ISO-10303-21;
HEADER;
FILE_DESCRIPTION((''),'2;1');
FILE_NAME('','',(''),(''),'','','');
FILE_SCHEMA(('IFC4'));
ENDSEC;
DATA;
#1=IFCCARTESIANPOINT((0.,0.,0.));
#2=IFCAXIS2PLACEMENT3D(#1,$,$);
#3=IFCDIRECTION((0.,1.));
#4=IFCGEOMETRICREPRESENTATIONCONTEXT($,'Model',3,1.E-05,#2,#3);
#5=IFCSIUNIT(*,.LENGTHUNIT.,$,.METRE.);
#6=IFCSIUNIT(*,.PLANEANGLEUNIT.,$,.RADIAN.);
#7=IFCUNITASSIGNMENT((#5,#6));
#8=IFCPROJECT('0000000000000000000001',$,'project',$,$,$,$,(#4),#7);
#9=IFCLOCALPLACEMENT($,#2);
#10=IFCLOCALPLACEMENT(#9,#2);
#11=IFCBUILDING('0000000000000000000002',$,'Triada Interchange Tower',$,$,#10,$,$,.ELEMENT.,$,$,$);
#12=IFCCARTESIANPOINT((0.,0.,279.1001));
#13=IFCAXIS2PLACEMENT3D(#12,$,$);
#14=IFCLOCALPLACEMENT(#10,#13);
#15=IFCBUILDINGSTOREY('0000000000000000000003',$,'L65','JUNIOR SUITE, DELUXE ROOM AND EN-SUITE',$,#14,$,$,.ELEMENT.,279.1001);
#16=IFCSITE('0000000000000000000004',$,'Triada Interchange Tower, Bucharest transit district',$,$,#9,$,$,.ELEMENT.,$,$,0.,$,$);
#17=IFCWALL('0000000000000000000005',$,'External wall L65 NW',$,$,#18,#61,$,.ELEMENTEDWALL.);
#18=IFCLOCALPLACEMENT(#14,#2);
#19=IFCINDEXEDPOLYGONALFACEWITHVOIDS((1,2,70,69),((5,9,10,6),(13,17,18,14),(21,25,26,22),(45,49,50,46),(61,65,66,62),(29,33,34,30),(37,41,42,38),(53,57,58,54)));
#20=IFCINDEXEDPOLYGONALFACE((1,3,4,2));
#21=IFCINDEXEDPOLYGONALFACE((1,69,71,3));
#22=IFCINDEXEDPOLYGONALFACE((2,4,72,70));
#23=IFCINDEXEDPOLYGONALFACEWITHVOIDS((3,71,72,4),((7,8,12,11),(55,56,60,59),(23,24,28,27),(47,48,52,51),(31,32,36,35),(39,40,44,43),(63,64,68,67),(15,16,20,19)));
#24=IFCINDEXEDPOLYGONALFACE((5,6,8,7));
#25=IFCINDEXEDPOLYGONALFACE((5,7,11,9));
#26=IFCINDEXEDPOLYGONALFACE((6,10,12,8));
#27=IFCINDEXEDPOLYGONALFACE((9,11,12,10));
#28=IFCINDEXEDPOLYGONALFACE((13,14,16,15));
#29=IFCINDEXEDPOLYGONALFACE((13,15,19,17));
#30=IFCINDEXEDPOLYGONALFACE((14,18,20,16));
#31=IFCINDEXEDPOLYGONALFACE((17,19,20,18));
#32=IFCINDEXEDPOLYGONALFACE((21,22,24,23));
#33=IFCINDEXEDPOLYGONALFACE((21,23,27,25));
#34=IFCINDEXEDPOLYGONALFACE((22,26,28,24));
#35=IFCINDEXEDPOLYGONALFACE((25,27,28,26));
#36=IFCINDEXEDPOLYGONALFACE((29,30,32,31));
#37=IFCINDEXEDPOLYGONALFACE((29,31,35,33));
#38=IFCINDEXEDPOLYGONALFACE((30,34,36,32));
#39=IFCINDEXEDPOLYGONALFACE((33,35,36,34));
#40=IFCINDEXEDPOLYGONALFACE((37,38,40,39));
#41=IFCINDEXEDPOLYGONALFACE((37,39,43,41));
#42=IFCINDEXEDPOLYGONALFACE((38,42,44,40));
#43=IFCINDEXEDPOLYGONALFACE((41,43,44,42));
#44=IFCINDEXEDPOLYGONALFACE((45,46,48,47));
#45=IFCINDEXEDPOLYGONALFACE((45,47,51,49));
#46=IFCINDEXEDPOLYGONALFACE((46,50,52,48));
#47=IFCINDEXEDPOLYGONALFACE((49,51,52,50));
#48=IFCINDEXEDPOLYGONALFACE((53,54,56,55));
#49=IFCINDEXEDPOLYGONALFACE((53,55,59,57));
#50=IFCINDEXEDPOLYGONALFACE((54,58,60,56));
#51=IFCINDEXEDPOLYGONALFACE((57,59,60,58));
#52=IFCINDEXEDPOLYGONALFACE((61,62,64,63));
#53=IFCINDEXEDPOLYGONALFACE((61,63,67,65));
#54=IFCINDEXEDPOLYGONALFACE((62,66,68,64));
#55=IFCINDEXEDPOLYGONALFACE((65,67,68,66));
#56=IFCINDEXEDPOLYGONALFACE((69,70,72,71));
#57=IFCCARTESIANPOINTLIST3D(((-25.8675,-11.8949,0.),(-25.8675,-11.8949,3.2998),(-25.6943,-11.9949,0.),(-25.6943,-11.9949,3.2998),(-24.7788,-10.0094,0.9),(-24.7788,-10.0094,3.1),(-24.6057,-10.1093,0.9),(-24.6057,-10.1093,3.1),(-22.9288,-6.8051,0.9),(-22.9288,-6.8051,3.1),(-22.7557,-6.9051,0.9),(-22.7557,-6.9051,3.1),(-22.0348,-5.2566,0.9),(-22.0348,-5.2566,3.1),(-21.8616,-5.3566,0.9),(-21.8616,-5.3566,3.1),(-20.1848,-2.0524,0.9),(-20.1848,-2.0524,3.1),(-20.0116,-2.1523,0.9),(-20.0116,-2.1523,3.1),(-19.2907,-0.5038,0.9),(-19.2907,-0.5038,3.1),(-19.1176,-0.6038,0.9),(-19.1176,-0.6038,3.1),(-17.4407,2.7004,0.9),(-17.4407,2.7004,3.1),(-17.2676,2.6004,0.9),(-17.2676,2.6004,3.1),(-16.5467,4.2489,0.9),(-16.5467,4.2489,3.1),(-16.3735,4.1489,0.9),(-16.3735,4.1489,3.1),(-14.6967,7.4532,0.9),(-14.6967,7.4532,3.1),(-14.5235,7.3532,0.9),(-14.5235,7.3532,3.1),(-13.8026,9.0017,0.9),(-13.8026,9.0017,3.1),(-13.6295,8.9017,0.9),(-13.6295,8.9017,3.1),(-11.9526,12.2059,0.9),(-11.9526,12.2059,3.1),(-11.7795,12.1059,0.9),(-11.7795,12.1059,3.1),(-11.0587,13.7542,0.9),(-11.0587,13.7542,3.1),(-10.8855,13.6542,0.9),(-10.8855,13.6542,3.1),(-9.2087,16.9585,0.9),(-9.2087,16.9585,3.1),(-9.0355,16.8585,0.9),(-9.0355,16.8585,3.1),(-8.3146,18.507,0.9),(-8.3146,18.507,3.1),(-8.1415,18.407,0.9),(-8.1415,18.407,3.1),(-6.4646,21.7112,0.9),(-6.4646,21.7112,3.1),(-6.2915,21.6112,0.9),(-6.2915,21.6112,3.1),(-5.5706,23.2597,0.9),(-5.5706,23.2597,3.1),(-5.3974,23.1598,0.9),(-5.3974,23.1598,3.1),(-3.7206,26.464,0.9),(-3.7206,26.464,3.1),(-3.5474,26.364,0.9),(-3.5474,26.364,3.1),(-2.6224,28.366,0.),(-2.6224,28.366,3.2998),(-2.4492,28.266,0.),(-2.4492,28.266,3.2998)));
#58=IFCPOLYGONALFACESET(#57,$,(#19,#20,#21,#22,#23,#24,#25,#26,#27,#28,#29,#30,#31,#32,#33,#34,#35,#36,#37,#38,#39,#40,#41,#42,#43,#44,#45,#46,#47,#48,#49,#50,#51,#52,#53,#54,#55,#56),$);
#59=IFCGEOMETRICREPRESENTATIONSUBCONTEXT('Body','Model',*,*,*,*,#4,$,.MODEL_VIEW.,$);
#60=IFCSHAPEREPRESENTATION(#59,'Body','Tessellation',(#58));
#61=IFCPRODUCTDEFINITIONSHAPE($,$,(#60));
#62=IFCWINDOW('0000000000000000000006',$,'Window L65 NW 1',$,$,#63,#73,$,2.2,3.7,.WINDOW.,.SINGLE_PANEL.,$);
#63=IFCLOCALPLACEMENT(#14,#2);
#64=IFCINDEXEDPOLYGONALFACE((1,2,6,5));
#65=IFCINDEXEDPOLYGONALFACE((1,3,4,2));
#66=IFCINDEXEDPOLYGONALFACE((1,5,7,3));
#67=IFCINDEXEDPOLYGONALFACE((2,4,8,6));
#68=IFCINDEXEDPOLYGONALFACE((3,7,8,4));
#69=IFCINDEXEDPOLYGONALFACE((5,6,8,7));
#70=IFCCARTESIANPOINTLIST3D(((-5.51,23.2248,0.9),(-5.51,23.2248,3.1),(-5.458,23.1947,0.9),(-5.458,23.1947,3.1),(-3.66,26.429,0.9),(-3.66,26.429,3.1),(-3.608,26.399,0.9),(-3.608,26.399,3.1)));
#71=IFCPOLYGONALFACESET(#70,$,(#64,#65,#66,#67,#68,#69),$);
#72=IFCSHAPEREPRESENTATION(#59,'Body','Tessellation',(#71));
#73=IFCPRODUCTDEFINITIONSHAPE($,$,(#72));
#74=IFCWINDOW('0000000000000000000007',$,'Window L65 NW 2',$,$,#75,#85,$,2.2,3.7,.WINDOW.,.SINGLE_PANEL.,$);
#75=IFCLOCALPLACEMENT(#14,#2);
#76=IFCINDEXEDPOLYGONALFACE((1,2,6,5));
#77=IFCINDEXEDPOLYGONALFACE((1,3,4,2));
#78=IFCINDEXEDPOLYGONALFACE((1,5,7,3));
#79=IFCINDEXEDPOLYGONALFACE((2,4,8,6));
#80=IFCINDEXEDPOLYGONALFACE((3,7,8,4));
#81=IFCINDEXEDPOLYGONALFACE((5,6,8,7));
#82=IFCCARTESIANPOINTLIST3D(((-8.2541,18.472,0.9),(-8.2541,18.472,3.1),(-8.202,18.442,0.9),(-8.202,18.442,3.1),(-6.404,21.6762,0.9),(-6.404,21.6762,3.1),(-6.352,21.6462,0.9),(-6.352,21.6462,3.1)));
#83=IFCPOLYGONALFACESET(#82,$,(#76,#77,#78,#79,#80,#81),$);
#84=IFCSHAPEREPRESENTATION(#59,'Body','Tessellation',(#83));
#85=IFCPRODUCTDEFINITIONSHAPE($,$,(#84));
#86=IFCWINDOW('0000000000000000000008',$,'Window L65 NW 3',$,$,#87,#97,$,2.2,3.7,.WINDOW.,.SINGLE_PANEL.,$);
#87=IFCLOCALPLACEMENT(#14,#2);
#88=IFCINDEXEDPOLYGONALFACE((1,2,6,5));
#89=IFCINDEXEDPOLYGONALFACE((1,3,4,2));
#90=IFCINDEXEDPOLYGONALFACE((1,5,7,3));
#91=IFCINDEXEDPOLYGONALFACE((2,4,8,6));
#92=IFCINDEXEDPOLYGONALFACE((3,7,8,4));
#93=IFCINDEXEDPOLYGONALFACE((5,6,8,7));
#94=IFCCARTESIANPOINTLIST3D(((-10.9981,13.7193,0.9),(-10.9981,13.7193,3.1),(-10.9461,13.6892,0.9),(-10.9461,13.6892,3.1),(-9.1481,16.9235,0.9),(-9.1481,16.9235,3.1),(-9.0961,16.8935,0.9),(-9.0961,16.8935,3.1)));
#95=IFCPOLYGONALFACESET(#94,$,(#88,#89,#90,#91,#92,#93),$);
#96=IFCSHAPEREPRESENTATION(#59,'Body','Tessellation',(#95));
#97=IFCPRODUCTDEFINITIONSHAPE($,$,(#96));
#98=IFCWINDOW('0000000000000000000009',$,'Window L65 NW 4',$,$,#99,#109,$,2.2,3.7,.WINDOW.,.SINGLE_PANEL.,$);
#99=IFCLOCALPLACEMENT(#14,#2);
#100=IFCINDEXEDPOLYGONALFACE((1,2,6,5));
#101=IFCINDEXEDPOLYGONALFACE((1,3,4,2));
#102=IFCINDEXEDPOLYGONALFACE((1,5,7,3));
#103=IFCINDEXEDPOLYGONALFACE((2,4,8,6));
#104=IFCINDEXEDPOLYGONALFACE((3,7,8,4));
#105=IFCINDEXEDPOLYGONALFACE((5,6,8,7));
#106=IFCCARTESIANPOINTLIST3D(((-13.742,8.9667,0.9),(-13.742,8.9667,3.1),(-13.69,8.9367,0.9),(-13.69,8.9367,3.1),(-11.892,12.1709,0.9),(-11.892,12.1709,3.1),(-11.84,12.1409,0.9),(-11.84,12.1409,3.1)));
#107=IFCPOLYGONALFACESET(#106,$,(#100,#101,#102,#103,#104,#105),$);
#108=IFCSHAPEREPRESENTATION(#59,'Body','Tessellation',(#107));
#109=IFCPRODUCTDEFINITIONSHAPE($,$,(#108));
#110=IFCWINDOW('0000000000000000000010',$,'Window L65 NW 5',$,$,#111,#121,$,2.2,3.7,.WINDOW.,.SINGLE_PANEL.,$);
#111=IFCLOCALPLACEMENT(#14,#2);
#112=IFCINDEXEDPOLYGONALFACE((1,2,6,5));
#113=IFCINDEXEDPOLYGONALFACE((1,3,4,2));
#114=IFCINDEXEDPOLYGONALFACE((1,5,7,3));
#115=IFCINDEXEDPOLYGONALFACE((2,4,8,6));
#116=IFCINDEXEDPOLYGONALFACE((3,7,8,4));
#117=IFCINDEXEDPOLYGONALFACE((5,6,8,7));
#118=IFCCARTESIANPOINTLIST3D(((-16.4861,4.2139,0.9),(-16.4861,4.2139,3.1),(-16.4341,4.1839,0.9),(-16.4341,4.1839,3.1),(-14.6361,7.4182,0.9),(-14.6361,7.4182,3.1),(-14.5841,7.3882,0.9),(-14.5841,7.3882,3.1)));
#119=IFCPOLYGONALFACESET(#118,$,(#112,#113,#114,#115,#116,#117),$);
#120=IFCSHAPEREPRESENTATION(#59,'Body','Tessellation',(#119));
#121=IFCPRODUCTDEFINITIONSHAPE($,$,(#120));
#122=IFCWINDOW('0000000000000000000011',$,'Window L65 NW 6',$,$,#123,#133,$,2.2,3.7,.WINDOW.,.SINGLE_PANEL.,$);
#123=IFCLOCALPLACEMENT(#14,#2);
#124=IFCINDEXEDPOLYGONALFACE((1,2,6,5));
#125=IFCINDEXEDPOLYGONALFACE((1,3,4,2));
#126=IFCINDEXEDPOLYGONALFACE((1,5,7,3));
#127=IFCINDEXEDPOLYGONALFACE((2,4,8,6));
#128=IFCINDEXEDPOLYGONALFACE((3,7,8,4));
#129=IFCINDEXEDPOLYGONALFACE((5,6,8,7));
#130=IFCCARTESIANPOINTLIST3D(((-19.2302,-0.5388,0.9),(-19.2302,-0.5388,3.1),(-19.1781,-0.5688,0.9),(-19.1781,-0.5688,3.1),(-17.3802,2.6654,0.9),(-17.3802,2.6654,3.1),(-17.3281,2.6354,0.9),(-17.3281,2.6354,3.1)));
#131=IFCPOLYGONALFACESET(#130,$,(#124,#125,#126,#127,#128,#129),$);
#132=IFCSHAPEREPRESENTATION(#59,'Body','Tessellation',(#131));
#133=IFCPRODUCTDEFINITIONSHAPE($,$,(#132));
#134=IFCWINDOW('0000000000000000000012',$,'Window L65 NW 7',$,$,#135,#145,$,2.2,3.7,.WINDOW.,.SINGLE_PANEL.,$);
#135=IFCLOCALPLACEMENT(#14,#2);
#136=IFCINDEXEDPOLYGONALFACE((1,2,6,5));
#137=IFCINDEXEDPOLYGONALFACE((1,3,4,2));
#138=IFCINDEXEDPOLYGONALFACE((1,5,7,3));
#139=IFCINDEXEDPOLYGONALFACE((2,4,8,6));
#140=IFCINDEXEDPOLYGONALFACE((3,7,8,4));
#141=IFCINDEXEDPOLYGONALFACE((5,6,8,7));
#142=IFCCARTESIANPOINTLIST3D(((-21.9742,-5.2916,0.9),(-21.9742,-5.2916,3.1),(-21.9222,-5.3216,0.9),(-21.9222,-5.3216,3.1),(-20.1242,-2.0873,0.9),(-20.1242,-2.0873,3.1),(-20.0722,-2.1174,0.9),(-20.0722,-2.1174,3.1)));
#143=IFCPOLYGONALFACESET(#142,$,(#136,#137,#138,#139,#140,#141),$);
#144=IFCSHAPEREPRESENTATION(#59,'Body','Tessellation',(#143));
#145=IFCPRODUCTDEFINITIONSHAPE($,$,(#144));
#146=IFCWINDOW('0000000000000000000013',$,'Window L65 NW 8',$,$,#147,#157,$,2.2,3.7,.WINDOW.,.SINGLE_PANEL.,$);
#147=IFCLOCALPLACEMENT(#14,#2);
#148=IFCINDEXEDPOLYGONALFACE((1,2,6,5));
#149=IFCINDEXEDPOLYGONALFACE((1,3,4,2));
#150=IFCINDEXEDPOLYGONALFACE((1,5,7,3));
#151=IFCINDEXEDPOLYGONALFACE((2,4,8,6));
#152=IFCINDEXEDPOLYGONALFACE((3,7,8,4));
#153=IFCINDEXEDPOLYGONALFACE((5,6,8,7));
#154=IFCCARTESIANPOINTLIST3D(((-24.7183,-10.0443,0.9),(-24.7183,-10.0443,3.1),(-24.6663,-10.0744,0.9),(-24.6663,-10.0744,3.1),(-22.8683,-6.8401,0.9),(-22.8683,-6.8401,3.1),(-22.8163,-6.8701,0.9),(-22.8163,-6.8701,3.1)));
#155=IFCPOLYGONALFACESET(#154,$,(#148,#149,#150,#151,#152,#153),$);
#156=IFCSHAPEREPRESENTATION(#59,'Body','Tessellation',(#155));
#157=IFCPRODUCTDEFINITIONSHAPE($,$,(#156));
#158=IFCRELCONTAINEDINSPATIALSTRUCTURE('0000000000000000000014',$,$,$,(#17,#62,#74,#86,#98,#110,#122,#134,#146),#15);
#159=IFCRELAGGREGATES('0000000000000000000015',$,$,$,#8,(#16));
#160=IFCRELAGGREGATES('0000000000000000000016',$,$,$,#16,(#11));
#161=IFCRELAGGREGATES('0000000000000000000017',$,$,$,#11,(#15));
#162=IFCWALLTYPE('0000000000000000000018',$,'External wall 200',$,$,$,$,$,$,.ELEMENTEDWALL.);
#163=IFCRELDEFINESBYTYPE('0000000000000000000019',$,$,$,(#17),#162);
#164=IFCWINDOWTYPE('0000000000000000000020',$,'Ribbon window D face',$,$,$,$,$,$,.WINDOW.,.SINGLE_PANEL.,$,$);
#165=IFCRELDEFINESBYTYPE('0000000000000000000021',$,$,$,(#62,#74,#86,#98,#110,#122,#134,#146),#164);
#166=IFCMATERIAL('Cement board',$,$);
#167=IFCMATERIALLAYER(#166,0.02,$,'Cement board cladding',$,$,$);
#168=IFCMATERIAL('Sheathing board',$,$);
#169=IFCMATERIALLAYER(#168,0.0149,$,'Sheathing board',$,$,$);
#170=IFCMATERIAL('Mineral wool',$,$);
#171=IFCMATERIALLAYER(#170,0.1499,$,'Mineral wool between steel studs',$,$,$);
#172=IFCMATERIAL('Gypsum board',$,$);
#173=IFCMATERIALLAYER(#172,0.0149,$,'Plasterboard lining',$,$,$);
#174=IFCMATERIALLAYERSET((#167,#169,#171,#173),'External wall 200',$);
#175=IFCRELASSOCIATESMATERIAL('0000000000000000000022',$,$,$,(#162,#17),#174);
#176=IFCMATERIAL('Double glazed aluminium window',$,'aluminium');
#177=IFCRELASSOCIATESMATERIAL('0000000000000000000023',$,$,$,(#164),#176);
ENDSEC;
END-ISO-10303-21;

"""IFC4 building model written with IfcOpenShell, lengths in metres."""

from ifc_helpers import new_model, si_unit, direction, frame, frame_2d, origin, place, context, subcontext, project, spatial, rectangle, extrude, material, layer, layer_set, layer_usage, type_object, element, fill, save


model = new_model("IFC4")

# Units and contexts
model_context = context("Model", 3, precision=1e-05, world=origin(), true_north=direction((0.0, 1.0)))
body_context = subcontext(model_context, "Body", "Model", "MODEL_VIEW")
ifc_project = project(units=[si_unit("LENGTHUNIT", "METRE"), si_unit("PLANEANGLEUNIT", "RADIAN")], contexts=[model_context])

# Site, building, storey
site_placement = place(None, origin())
site = spatial("IfcSite", under=ifc_project, at=site_placement, Name="Triada Interchange Tower, Bucharest transit district", CompositionType="ELEMENT", RefElevation=0.0)
building_placement = place(site_placement, origin())
building = spatial("IfcBuilding", under=site, at=building_placement, Name="Triada Interchange Tower", CompositionType="ELEMENT")
storey_placement = place(building_placement, frame((0.0, 0.0, 279.1001)))
storey = spatial("IfcBuildingStorey", under=building, at=storey_placement, Name="L65", Description="JUNIOR SUITE, DELUXE ROOM AND EN-SUITE", CompositionType="ELEMENT", Elevation=279.1001)

# Wall, openings, windows
ifc_material_1 = material(Name="Cement board")
ifc_layer_1 = layer(ifc_material_1, 0.02, Name="Cement board cladding")
ifc_material_2 = material(Name="Sheathing board")
ifc_layer_2 = layer(ifc_material_2, 0.0149, Name="Sheathing board")
ifc_material_3 = material(Name="Mineral wool")
ifc_layer_3 = layer(ifc_material_3, 0.1499, Name="Mineral wool between steel studs")
ifc_material_4 = material(Name="Gypsum board")
ifc_layer_4 = layer(ifc_material_4, 0.0149, Name="Plasterboard lining")
ifc_layer_set_1 = layer_set([ifc_layer_1, ifc_layer_2, ifc_layer_3, ifc_layer_4], Name="External wall 200")
ifc_layer_usage = layer_usage(ifc_layer_set_1, "AXIS2", "POSITIVE", -0.1001)
wall_type = type_object("IfcWallType", Name="External wall 200", PredefinedType="ELEMENTEDWALL", material=ifc_layer_set_1)
wall_placement = place(storey_placement, frame((-2.5359, 28.3159, 0.0), z_axis=(0.0, 0.0, 1.0), x_axis=(-0.500007, -0.866021, 0.0)))
wall = element("IfcWall", 1, at=wall_placement, inside=storey, type_object=wall_type, material=ifc_layer_usage, Name="External wall L65 NW", PredefinedType="ELEMENTEDWALL", context=body_context, shape_type="SweptSolid", body=[
    extrude(rectangle(XDim=46.4895, YDim=0.2, at=frame_2d((23.2446, 0.0))), origin(), (0.0, 0.0, 1.0), 3.2998),
])
opening_1_placement = place(wall_placement, frame((2.196, 0.0, 0.8999)))
opening_1 = element("IfcOpeningElement", 2, at=opening_1_placement, cuts=wall, PredefinedType="OPENING", context=body_context, shape_type="SweptSolid", body=[
    extrude(rectangle(XDim=3.7, YDim=2.2, at=frame_2d((1.8501, 1.1001))), frame((0.0, 0.1099, 0.0), z_axis=(0.0, -1.0, 0.0), x_axis=(1.0, 0.0, 0.0)), (0.0, 0.0, 1.0), 0.22),
])
opening_2_placement = place(wall_placement, frame((7.6841, 0.0, 0.8999)))
opening_2 = element("IfcOpeningElement", 3, at=opening_2_placement, cuts=wall, PredefinedType="OPENING", context=body_context, shape_type="SweptSolid", body=[
    extrude(rectangle(XDim=3.7, YDim=2.2, at=frame_2d((1.8501, 1.1001))), frame((0.0, 0.1099, 0.0), z_axis=(0.0, -1.0, 0.0), x_axis=(1.0, 0.0, 0.0)), (0.0, 0.0, 1.0), 0.22),
])
opening_3_placement = place(wall_placement, frame((13.1721, 0.0, 0.8999)))
opening_3 = element("IfcOpeningElement", 4, at=opening_3_placement, cuts=wall, PredefinedType="OPENING", context=body_context, shape_type="SweptSolid", body=[
    extrude(rectangle(XDim=3.7, YDim=2.2, at=frame_2d((1.8501, 1.1001))), frame((0.0, 0.1099, 0.0), z_axis=(0.0, -1.0, 0.0), x_axis=(1.0, 0.0, 0.0)), (0.0, 0.0, 1.0), 0.22),
])
opening_4_placement = place(wall_placement, frame((18.6599, 0.0, 0.8999)))
opening_4 = element("IfcOpeningElement", 5, at=opening_4_placement, cuts=wall, PredefinedType="OPENING", context=body_context, shape_type="SweptSolid", body=[
    extrude(rectangle(XDim=3.7, YDim=2.2, at=frame_2d((1.8501, 1.1001))), frame((0.0, 0.1099, 0.0), z_axis=(0.0, -1.0, 0.0), x_axis=(1.0, 0.0, 0.0)), (0.0, 0.0, 1.0), 0.22),
])
opening_5_placement = place(wall_placement, frame((24.1479, 0.0, 0.8999)))
opening_5 = element("IfcOpeningElement", 6, at=opening_5_placement, cuts=wall, PredefinedType="OPENING", context=body_context, shape_type="SweptSolid", body=[
    extrude(rectangle(XDim=3.7, YDim=2.2, at=frame_2d((1.8501, 1.1001))), frame((0.0, 0.1099, 0.0), z_axis=(0.0, -1.0, 0.0), x_axis=(1.0, 0.0, 0.0)), (0.0, 0.0, 1.0), 0.22),
])
opening_6_placement = place(wall_placement, frame((29.636, 0.0, 0.8999)))
opening_6 = element("IfcOpeningElement", 7, at=opening_6_placement, cuts=wall, PredefinedType="OPENING", context=body_context, shape_type="SweptSolid", body=[
    extrude(rectangle(XDim=3.7, YDim=2.2, at=frame_2d((1.8501, 1.1001))), frame((0.0, 0.1099, 0.0), z_axis=(0.0, -1.0, 0.0), x_axis=(1.0, 0.0, 0.0)), (0.0, 0.0, 1.0), 0.22),
])
opening_7_placement = place(wall_placement, frame((35.124, 0.0, 0.8999)))
opening_7 = element("IfcOpeningElement", 8, at=opening_7_placement, cuts=wall, PredefinedType="OPENING", context=body_context, shape_type="SweptSolid", body=[
    extrude(rectangle(XDim=3.7, YDim=2.2, at=frame_2d((1.8501, 1.1001))), frame((0.0, 0.1099, 0.0), z_axis=(0.0, -1.0, 0.0), x_axis=(1.0, 0.0, 0.0)), (0.0, 0.0, 1.0), 0.22),
])
opening_8_placement = place(wall_placement, frame((40.6121, 0.0, 0.8999)))
opening_8 = element("IfcOpeningElement", 9, at=opening_8_placement, cuts=wall, PredefinedType="OPENING", context=body_context, shape_type="SweptSolid", body=[
    extrude(rectangle(XDim=3.7, YDim=2.2, at=frame_2d((1.8501, 1.1001))), frame((0.0, 0.1099, 0.0), z_axis=(0.0, -1.0, 0.0), x_axis=(1.0, 0.0, 0.0)), (0.0, 0.0, 1.0), 0.22),
])
ifc_material_5 = material(Name="Double glazed aluminium window", Category="aluminium")
window_type = type_object("IfcWindowType", Name="Ribbon window D face", PartitioningType="SINGLE_PANEL", PredefinedType="WINDOW", material=ifc_material_5)
window_1_placement = place(opening_1_placement, origin())
window_1 = element("IfcWindow", 10, at=window_1_placement, inside=storey, type_object=window_type, Name="Window L65 NW 1", OverallHeight=2.2, OverallWidth=3.7, PartitioningType="SINGLE_PANEL", PredefinedType="WINDOW", context=body_context, shape_type="SweptSolid", body=[
    extrude(rectangle(XDim=3.7, YDim=2.2, at=frame_2d((1.8501, 1.1001))), frame((0.0, 0.03, 0.0), z_axis=(0.0, -1.0, 0.0), x_axis=(1.0, 0.0, 0.0)), (0.0, 0.0, 1.0), 0.0601),
])
fill(opening_1, window_1)
window_2_placement = place(opening_2_placement, origin())
window_2 = element("IfcWindow", 11, at=window_2_placement, inside=storey, type_object=window_type, Name="Window L65 NW 2", OverallHeight=2.2, OverallWidth=3.7, PartitioningType="SINGLE_PANEL", PredefinedType="WINDOW", context=body_context, shape_type="SweptSolid", body=[
    extrude(rectangle(XDim=3.7, YDim=2.2, at=frame_2d((1.8501, 1.1001))), frame((0.0, 0.03, 0.0), z_axis=(0.0, -1.0, 0.0), x_axis=(1.0, 0.0, 0.0)), (0.0, 0.0, 1.0), 0.0601),
])
fill(opening_2, window_2)
window_3_placement = place(opening_3_placement, origin())
window_3 = element("IfcWindow", 12, at=window_3_placement, inside=storey, type_object=window_type, Name="Window L65 NW 3", OverallHeight=2.2, OverallWidth=3.7, PartitioningType="SINGLE_PANEL", PredefinedType="WINDOW", context=body_context, shape_type="SweptSolid", body=[
    extrude(rectangle(XDim=3.7, YDim=2.2, at=frame_2d((1.8501, 1.1001))), frame((0.0, 0.03, 0.0), z_axis=(0.0, -1.0, 0.0), x_axis=(1.0, 0.0, 0.0)), (0.0, 0.0, 1.0), 0.0601),
])
fill(opening_3, window_3)
window_4_placement = place(opening_4_placement, origin())
window_4 = element("IfcWindow", 13, at=window_4_placement, inside=storey, type_object=window_type, Name="Window L65 NW 4", OverallHeight=2.2, OverallWidth=3.7, PartitioningType="SINGLE_PANEL", PredefinedType="WINDOW", context=body_context, shape_type="SweptSolid", body=[
    extrude(rectangle(XDim=3.7, YDim=2.2, at=frame_2d((1.8501, 1.1001))), frame((0.0, 0.03, 0.0), z_axis=(0.0, -1.0, 0.0), x_axis=(1.0, 0.0, 0.0)), (0.0, 0.0, 1.0), 0.0601),
])
fill(opening_4, window_4)
window_5_placement = place(opening_5_placement, origin())
window_5 = element("IfcWindow", 14, at=window_5_placement, inside=storey, type_object=window_type, Name="Window L65 NW 5", OverallHeight=2.2, OverallWidth=3.7, PartitioningType="SINGLE_PANEL", PredefinedType="WINDOW", context=body_context, shape_type="SweptSolid", body=[
    extrude(rectangle(XDim=3.7, YDim=2.2, at=frame_2d((1.8501, 1.1001))), frame((0.0, 0.03, 0.0), z_axis=(0.0, -1.0, 0.0), x_axis=(1.0, 0.0, 0.0)), (0.0, 0.0, 1.0), 0.0601),
])
fill(opening_5, window_5)
window_6_placement = place(opening_6_placement, origin())
window_6 = element("IfcWindow", 15, at=window_6_placement, inside=storey, type_object=window_type, Name="Window L65 NW 6", OverallHeight=2.2, OverallWidth=3.7, PartitioningType="SINGLE_PANEL", PredefinedType="WINDOW", context=body_context, shape_type="SweptSolid", body=[
    extrude(rectangle(XDim=3.7, YDim=2.2, at=frame_2d((1.8501, 1.1001))), frame((0.0, 0.03, 0.0), z_axis=(0.0, -1.0, 0.0), x_axis=(1.0, 0.0, 0.0)), (0.0, 0.0, 1.0), 0.0601),
])
fill(opening_6, window_6)
window_7_placement = place(opening_7_placement, origin())
window_7 = element("IfcWindow", 16, at=window_7_placement, inside=storey, type_object=window_type, Name="Window L65 NW 7", OverallHeight=2.2, OverallWidth=3.7, PartitioningType="SINGLE_PANEL", PredefinedType="WINDOW", context=body_context, shape_type="SweptSolid", body=[
    extrude(rectangle(XDim=3.7, YDim=2.2, at=frame_2d((1.8501, 1.1001))), frame((0.0, 0.03, 0.0), z_axis=(0.0, -1.0, 0.0), x_axis=(1.0, 0.0, 0.0)), (0.0, 0.0, 1.0), 0.0601),
])
fill(opening_7, window_7)
window_8_placement = place(opening_8_placement, origin())
window_8 = element("IfcWindow", 17, at=window_8_placement, inside=storey, type_object=window_type, Name="Window L65 NW 8", OverallHeight=2.2, OverallWidth=3.7, PartitioningType="SINGLE_PANEL", PredefinedType="WINDOW", context=body_context, shape_type="SweptSolid", body=[
    extrude(rectangle(XDim=3.7, YDim=2.2, at=frame_2d((1.8501, 1.1001))), frame((0.0, 0.03, 0.0), z_axis=(0.0, -1.0, 0.0), x_axis=(1.0, 0.0, 0.0)), (0.0, 0.0, 1.0), 0.0601),
])
fill(opening_8, window_8)

save(model, "model.ifc")
